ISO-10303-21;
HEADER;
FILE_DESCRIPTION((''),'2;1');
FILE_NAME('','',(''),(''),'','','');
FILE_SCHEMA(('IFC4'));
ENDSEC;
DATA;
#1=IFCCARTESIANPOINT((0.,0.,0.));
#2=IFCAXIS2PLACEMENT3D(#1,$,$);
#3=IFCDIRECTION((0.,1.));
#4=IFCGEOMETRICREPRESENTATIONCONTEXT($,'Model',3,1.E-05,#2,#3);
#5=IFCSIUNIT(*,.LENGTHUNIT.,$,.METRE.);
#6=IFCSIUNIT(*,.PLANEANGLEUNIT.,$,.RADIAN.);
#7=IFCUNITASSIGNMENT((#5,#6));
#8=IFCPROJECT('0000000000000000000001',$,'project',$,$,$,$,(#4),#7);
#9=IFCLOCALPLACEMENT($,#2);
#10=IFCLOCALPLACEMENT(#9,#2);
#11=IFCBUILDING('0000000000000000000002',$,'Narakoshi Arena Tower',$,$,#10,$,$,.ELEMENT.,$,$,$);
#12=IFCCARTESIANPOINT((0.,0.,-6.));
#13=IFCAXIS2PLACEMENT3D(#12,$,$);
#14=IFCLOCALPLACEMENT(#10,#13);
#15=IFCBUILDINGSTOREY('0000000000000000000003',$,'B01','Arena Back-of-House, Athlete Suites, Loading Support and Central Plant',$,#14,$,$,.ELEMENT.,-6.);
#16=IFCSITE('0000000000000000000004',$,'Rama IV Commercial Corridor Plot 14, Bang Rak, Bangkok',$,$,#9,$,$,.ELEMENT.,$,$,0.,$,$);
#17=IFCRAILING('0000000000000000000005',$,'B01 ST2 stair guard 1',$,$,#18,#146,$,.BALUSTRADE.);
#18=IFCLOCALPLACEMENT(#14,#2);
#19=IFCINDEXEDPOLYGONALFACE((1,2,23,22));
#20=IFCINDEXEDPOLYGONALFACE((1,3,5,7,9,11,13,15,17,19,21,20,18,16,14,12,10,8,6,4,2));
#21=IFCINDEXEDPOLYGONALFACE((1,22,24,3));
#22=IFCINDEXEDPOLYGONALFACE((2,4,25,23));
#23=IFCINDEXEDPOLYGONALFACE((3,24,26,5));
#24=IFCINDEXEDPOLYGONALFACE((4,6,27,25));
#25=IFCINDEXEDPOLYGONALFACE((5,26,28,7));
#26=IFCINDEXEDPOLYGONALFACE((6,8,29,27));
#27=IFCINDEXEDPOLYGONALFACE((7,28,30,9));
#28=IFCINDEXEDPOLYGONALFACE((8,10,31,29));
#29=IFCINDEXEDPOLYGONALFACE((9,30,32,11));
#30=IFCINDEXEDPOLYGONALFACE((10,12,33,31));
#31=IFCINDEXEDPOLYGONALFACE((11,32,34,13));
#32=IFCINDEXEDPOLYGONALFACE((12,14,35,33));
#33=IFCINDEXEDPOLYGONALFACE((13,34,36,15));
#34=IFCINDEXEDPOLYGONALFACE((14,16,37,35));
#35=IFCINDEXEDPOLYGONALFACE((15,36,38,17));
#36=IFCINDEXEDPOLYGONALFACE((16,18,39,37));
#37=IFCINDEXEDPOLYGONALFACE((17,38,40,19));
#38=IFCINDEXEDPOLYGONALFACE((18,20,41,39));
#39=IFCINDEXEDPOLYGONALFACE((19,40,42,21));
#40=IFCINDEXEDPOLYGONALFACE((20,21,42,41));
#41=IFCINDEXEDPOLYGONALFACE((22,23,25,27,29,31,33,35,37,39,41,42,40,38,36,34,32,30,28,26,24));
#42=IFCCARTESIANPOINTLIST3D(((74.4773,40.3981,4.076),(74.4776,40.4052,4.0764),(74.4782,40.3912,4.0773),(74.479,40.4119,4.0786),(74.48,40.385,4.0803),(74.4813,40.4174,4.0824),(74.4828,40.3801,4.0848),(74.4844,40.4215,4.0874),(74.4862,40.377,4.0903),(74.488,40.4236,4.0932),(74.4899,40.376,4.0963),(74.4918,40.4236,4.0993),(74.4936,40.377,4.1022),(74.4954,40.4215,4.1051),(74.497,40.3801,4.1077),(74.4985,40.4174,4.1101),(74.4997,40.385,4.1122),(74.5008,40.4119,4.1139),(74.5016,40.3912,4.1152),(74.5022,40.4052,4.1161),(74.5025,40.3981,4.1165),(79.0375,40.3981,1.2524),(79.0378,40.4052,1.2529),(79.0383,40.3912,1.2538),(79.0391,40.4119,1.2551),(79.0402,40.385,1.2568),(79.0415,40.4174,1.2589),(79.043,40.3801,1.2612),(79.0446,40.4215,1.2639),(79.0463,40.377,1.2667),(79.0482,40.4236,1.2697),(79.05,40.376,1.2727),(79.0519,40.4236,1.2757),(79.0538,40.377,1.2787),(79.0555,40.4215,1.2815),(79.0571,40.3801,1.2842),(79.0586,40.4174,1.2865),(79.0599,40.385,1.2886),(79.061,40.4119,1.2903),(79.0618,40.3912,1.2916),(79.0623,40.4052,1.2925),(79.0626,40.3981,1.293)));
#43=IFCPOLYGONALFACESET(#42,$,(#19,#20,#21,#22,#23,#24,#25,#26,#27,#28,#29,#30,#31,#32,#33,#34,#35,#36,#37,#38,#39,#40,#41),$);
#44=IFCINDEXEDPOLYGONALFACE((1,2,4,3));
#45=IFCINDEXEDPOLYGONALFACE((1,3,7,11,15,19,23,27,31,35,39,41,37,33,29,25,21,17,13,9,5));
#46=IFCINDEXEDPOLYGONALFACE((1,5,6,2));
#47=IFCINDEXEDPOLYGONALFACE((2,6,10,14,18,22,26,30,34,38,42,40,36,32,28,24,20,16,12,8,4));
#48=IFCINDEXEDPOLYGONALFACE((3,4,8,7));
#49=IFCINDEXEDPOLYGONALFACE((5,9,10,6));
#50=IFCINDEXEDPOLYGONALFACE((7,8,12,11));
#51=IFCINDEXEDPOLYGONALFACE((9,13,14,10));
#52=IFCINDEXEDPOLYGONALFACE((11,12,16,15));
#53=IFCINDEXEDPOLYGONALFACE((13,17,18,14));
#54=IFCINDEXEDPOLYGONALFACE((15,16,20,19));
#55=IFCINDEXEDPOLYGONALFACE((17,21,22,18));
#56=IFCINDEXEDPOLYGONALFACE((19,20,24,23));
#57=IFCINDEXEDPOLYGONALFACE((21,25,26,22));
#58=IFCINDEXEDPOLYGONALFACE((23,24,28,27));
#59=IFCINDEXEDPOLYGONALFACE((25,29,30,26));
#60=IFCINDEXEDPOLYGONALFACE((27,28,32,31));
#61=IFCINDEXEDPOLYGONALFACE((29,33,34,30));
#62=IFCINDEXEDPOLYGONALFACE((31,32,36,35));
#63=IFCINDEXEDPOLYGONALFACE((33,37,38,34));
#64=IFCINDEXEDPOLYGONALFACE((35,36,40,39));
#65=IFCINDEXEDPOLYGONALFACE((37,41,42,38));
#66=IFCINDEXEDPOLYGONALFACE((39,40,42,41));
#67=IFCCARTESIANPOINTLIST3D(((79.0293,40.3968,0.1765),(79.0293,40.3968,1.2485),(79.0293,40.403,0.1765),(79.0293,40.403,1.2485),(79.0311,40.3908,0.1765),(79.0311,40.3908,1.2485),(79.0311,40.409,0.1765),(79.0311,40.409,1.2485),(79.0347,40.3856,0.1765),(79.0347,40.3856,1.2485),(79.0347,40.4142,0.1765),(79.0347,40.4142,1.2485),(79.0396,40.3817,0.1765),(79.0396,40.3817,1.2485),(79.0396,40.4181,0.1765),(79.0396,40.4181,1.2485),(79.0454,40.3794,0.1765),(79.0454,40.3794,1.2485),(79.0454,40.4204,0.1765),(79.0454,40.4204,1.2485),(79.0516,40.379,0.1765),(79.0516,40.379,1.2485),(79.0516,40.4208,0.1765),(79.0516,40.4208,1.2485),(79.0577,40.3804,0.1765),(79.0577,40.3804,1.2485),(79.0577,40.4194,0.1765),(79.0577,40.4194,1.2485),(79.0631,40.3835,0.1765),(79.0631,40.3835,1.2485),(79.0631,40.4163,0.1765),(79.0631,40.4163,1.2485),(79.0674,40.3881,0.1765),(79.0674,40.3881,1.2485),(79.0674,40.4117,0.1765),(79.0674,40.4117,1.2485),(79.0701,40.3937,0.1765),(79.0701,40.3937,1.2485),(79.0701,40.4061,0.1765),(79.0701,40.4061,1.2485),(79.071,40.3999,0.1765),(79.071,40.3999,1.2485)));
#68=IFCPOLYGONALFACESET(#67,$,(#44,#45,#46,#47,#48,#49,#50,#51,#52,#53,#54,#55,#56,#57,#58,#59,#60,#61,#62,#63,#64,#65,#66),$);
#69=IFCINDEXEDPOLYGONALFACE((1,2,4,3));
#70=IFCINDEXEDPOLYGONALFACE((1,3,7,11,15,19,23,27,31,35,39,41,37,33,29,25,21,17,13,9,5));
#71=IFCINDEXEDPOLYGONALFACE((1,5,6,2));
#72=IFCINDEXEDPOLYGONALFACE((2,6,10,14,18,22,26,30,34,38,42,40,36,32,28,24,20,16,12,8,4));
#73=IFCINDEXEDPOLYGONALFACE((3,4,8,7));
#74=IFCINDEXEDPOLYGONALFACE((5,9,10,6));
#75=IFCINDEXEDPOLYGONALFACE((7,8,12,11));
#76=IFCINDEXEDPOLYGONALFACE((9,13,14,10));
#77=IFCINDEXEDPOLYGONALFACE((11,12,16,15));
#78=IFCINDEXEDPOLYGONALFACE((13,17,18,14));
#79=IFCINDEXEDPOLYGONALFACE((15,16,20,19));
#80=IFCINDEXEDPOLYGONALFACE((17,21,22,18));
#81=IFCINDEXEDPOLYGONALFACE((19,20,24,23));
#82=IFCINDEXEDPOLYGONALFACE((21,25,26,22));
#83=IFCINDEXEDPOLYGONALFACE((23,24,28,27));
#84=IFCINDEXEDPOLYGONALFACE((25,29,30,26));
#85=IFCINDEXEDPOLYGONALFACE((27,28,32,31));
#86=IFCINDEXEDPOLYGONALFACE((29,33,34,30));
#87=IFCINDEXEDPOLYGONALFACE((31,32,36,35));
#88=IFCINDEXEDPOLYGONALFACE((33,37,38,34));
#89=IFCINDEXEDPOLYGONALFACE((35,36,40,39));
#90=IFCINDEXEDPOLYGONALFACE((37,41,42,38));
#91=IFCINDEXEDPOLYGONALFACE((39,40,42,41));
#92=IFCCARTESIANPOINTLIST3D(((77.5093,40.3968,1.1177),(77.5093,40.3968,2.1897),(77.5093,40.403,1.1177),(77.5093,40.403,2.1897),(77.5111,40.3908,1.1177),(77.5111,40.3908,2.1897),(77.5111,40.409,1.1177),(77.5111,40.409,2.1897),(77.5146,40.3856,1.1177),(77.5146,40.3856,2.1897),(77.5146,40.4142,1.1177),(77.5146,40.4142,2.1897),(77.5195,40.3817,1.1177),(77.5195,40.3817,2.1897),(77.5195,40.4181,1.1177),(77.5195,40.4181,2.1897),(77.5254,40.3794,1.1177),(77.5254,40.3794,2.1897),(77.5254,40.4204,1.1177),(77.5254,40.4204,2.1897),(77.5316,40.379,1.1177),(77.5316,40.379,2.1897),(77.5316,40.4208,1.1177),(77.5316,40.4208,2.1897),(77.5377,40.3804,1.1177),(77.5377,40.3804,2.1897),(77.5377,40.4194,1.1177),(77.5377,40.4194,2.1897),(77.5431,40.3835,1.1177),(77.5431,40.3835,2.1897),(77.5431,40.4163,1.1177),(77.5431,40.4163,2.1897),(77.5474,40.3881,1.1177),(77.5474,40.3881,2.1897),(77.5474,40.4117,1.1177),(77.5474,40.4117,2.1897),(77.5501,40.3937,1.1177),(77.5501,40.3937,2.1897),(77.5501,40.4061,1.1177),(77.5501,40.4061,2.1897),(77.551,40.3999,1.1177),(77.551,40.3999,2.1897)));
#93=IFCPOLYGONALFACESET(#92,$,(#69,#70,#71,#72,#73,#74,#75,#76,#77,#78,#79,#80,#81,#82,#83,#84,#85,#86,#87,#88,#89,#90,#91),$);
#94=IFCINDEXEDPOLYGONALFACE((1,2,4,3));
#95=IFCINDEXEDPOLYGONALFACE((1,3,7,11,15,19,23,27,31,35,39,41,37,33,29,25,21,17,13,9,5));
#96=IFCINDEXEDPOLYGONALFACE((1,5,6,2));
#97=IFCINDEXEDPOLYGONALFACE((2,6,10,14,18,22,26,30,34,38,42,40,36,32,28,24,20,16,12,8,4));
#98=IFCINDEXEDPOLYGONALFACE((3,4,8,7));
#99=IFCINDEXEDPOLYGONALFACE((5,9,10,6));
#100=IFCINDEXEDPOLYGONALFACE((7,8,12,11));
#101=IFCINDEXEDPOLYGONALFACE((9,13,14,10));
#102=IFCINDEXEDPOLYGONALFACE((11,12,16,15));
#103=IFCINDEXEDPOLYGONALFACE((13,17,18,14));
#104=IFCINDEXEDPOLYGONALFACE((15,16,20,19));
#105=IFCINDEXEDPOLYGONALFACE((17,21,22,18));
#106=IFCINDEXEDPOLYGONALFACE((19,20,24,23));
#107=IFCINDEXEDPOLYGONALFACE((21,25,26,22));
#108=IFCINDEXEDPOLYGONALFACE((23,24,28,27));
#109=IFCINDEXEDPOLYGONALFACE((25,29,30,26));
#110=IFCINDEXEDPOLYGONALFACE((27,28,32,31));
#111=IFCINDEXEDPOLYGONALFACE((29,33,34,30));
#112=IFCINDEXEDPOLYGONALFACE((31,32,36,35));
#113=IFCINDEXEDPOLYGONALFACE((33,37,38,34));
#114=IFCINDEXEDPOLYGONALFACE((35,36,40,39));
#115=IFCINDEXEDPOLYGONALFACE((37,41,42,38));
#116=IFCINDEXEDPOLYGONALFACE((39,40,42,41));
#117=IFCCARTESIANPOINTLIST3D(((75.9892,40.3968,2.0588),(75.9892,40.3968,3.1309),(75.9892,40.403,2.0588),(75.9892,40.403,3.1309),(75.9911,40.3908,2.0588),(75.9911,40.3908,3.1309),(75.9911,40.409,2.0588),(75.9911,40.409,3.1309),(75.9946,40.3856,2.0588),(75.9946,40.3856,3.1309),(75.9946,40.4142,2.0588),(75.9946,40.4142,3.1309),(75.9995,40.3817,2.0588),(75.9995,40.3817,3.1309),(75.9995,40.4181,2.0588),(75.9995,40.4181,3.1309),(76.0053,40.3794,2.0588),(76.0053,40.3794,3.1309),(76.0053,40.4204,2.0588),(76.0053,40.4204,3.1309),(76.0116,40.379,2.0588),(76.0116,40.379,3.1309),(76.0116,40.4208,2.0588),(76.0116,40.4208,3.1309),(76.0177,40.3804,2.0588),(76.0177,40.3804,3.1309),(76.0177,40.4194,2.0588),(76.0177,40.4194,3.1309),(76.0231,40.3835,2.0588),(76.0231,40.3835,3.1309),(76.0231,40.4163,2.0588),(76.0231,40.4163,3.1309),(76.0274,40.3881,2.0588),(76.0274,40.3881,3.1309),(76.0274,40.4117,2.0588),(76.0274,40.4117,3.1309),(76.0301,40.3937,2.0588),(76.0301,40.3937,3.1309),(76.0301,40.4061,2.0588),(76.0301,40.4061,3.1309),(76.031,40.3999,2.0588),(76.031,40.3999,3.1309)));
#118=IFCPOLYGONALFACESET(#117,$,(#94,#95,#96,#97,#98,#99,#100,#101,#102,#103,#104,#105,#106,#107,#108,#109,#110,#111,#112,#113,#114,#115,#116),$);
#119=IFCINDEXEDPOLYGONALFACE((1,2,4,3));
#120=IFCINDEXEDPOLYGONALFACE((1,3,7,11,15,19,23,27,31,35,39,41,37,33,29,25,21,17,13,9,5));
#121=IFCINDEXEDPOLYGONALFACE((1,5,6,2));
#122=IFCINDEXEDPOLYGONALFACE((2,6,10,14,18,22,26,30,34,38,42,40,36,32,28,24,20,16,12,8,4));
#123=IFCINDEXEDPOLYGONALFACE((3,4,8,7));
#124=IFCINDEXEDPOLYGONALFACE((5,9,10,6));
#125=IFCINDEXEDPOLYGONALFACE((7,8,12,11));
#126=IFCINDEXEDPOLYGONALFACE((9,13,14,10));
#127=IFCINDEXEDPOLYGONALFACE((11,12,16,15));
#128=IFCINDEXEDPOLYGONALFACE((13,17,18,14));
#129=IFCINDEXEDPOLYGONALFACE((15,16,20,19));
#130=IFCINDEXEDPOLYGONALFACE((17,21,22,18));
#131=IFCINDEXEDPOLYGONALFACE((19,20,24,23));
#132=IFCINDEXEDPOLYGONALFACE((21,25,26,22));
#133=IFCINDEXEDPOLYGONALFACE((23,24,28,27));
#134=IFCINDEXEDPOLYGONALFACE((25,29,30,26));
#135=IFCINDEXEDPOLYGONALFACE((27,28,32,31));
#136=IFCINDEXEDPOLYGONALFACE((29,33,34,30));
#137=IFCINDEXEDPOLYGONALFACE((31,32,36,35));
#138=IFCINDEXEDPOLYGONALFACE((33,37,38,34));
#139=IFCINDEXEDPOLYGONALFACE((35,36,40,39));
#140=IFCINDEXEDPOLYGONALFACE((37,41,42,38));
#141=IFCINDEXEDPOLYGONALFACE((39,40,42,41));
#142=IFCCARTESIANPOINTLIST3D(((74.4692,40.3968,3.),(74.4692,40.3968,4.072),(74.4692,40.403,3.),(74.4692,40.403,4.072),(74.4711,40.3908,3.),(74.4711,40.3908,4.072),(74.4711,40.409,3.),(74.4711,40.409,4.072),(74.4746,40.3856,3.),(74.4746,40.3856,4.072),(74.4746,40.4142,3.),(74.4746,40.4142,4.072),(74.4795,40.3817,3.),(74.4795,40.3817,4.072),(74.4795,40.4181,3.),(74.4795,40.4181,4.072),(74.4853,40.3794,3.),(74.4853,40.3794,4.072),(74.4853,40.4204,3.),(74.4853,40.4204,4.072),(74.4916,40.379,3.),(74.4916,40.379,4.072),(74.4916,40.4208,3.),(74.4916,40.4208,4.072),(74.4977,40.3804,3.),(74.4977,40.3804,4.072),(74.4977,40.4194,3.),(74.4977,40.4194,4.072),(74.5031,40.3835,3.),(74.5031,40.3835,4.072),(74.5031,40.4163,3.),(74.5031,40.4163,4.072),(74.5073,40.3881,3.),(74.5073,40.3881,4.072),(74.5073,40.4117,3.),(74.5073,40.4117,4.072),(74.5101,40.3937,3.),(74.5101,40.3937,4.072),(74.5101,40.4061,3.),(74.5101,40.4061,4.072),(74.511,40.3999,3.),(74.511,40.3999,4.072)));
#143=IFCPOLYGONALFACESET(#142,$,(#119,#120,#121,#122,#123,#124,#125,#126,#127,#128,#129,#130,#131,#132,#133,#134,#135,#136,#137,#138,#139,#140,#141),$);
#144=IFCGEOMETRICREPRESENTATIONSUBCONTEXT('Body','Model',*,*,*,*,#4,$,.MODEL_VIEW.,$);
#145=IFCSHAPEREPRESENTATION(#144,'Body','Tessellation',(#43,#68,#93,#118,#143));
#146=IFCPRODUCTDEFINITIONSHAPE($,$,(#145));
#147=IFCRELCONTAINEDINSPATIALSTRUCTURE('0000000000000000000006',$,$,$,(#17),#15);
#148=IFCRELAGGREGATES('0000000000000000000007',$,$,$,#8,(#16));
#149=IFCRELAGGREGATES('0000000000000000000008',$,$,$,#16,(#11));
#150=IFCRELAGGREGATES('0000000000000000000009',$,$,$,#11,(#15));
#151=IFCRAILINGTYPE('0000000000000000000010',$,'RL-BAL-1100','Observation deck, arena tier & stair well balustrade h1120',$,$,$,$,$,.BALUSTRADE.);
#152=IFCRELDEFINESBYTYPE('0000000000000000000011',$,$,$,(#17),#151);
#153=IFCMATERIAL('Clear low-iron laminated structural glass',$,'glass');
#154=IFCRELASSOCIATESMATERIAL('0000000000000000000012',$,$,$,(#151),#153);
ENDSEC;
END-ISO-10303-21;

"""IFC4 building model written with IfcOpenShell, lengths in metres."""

from ifc_helpers import new_model, si_unit, direction, frame, origin, origin_2d, place, context, subcontext, project, spatial, circle, extrude, material, type_object, element, save


model = new_model("IFC4")

# Units and contexts
model_context = context("Model", 3, precision=1e-05, world=origin(), true_north=direction((0.0, 1.0)))
body_context = subcontext(model_context, "Body", "Model", "MODEL_VIEW")
ifc_project = project(units=[si_unit("LENGTHUNIT", "METRE"), si_unit("PLANEANGLEUNIT", "RADIAN")], contexts=[model_context])

# Site, building, storey
site_placement = place(None, origin())
site = spatial("IfcSite", under=ifc_project, at=site_placement, Name="Rama IV Commercial Corridor Plot 14, Bang Rak, Bangkok", CompositionType="ELEMENT", RefElevation=0.0)
building_placement = place(site_placement, origin())
building = spatial("IfcBuilding", under=site, at=building_placement, Name="Narakoshi Arena Tower", CompositionType="ELEMENT")
storey_placement = place(building_placement, frame((0.0, 0.0, -6.0)))
storey = spatial("IfcBuildingStorey", under=building, at=storey_placement, Name="B01", Description="Arena Back-of-House, Athlete Suites, Loading Support and Central Plant", CompositionType="ELEMENT", Elevation=-6.0)

# Railing
ifc_material_1 = material(Name="Clear low-iron laminated structural glass", Category="glass")
railing_type_1 = type_object("IfcRailingType", Name="RL-BAL-1100", Description="Observation deck, arena tier & stair well balustrade h1120", PredefinedType="BALUSTRADE", material=ifc_material_1)
railing_1_placement = place(storey_placement, frame((79.05, 40.3999, 0.1765)))
element("IfcRailing", 1, at=railing_1_placement, inside=storey, type_object=railing_type_1, Name="B01 ST2 stair guard 1", PredefinedType="BALUSTRADE", context=body_context, shape_type="SweptSolid", body=[
    extrude(circle(Radius=0.0239, at=origin_2d()), frame((0.0, 0.0, 1.0962), z_axis=(-0.850216, 0.0, 0.526435), x_axis=(0.0, -1.0, 0.0)), (0.0, 0.0, 1.0), 5.3635),
    extrude(circle(Radius=0.021, at=origin_2d()), origin(), (0.0, 0.0, 1.0), 1.072),
    extrude(circle(Radius=0.021, at=origin_2d()), frame((-1.52, 0.0, 0.9412)), (0.0, 0.0, 1.0), 1.072),
    extrude(circle(Radius=0.021, at=origin_2d()), frame((-3.04, 0.0, 1.8823)), (0.0, 0.0, 1.0), 1.072),
    extrude(circle(Radius=0.021, at=origin_2d()), frame((-4.5601, 0.0, 2.8235)), (0.0, 0.0, 1.0), 1.072),
])

save(model, "model.ifc")
